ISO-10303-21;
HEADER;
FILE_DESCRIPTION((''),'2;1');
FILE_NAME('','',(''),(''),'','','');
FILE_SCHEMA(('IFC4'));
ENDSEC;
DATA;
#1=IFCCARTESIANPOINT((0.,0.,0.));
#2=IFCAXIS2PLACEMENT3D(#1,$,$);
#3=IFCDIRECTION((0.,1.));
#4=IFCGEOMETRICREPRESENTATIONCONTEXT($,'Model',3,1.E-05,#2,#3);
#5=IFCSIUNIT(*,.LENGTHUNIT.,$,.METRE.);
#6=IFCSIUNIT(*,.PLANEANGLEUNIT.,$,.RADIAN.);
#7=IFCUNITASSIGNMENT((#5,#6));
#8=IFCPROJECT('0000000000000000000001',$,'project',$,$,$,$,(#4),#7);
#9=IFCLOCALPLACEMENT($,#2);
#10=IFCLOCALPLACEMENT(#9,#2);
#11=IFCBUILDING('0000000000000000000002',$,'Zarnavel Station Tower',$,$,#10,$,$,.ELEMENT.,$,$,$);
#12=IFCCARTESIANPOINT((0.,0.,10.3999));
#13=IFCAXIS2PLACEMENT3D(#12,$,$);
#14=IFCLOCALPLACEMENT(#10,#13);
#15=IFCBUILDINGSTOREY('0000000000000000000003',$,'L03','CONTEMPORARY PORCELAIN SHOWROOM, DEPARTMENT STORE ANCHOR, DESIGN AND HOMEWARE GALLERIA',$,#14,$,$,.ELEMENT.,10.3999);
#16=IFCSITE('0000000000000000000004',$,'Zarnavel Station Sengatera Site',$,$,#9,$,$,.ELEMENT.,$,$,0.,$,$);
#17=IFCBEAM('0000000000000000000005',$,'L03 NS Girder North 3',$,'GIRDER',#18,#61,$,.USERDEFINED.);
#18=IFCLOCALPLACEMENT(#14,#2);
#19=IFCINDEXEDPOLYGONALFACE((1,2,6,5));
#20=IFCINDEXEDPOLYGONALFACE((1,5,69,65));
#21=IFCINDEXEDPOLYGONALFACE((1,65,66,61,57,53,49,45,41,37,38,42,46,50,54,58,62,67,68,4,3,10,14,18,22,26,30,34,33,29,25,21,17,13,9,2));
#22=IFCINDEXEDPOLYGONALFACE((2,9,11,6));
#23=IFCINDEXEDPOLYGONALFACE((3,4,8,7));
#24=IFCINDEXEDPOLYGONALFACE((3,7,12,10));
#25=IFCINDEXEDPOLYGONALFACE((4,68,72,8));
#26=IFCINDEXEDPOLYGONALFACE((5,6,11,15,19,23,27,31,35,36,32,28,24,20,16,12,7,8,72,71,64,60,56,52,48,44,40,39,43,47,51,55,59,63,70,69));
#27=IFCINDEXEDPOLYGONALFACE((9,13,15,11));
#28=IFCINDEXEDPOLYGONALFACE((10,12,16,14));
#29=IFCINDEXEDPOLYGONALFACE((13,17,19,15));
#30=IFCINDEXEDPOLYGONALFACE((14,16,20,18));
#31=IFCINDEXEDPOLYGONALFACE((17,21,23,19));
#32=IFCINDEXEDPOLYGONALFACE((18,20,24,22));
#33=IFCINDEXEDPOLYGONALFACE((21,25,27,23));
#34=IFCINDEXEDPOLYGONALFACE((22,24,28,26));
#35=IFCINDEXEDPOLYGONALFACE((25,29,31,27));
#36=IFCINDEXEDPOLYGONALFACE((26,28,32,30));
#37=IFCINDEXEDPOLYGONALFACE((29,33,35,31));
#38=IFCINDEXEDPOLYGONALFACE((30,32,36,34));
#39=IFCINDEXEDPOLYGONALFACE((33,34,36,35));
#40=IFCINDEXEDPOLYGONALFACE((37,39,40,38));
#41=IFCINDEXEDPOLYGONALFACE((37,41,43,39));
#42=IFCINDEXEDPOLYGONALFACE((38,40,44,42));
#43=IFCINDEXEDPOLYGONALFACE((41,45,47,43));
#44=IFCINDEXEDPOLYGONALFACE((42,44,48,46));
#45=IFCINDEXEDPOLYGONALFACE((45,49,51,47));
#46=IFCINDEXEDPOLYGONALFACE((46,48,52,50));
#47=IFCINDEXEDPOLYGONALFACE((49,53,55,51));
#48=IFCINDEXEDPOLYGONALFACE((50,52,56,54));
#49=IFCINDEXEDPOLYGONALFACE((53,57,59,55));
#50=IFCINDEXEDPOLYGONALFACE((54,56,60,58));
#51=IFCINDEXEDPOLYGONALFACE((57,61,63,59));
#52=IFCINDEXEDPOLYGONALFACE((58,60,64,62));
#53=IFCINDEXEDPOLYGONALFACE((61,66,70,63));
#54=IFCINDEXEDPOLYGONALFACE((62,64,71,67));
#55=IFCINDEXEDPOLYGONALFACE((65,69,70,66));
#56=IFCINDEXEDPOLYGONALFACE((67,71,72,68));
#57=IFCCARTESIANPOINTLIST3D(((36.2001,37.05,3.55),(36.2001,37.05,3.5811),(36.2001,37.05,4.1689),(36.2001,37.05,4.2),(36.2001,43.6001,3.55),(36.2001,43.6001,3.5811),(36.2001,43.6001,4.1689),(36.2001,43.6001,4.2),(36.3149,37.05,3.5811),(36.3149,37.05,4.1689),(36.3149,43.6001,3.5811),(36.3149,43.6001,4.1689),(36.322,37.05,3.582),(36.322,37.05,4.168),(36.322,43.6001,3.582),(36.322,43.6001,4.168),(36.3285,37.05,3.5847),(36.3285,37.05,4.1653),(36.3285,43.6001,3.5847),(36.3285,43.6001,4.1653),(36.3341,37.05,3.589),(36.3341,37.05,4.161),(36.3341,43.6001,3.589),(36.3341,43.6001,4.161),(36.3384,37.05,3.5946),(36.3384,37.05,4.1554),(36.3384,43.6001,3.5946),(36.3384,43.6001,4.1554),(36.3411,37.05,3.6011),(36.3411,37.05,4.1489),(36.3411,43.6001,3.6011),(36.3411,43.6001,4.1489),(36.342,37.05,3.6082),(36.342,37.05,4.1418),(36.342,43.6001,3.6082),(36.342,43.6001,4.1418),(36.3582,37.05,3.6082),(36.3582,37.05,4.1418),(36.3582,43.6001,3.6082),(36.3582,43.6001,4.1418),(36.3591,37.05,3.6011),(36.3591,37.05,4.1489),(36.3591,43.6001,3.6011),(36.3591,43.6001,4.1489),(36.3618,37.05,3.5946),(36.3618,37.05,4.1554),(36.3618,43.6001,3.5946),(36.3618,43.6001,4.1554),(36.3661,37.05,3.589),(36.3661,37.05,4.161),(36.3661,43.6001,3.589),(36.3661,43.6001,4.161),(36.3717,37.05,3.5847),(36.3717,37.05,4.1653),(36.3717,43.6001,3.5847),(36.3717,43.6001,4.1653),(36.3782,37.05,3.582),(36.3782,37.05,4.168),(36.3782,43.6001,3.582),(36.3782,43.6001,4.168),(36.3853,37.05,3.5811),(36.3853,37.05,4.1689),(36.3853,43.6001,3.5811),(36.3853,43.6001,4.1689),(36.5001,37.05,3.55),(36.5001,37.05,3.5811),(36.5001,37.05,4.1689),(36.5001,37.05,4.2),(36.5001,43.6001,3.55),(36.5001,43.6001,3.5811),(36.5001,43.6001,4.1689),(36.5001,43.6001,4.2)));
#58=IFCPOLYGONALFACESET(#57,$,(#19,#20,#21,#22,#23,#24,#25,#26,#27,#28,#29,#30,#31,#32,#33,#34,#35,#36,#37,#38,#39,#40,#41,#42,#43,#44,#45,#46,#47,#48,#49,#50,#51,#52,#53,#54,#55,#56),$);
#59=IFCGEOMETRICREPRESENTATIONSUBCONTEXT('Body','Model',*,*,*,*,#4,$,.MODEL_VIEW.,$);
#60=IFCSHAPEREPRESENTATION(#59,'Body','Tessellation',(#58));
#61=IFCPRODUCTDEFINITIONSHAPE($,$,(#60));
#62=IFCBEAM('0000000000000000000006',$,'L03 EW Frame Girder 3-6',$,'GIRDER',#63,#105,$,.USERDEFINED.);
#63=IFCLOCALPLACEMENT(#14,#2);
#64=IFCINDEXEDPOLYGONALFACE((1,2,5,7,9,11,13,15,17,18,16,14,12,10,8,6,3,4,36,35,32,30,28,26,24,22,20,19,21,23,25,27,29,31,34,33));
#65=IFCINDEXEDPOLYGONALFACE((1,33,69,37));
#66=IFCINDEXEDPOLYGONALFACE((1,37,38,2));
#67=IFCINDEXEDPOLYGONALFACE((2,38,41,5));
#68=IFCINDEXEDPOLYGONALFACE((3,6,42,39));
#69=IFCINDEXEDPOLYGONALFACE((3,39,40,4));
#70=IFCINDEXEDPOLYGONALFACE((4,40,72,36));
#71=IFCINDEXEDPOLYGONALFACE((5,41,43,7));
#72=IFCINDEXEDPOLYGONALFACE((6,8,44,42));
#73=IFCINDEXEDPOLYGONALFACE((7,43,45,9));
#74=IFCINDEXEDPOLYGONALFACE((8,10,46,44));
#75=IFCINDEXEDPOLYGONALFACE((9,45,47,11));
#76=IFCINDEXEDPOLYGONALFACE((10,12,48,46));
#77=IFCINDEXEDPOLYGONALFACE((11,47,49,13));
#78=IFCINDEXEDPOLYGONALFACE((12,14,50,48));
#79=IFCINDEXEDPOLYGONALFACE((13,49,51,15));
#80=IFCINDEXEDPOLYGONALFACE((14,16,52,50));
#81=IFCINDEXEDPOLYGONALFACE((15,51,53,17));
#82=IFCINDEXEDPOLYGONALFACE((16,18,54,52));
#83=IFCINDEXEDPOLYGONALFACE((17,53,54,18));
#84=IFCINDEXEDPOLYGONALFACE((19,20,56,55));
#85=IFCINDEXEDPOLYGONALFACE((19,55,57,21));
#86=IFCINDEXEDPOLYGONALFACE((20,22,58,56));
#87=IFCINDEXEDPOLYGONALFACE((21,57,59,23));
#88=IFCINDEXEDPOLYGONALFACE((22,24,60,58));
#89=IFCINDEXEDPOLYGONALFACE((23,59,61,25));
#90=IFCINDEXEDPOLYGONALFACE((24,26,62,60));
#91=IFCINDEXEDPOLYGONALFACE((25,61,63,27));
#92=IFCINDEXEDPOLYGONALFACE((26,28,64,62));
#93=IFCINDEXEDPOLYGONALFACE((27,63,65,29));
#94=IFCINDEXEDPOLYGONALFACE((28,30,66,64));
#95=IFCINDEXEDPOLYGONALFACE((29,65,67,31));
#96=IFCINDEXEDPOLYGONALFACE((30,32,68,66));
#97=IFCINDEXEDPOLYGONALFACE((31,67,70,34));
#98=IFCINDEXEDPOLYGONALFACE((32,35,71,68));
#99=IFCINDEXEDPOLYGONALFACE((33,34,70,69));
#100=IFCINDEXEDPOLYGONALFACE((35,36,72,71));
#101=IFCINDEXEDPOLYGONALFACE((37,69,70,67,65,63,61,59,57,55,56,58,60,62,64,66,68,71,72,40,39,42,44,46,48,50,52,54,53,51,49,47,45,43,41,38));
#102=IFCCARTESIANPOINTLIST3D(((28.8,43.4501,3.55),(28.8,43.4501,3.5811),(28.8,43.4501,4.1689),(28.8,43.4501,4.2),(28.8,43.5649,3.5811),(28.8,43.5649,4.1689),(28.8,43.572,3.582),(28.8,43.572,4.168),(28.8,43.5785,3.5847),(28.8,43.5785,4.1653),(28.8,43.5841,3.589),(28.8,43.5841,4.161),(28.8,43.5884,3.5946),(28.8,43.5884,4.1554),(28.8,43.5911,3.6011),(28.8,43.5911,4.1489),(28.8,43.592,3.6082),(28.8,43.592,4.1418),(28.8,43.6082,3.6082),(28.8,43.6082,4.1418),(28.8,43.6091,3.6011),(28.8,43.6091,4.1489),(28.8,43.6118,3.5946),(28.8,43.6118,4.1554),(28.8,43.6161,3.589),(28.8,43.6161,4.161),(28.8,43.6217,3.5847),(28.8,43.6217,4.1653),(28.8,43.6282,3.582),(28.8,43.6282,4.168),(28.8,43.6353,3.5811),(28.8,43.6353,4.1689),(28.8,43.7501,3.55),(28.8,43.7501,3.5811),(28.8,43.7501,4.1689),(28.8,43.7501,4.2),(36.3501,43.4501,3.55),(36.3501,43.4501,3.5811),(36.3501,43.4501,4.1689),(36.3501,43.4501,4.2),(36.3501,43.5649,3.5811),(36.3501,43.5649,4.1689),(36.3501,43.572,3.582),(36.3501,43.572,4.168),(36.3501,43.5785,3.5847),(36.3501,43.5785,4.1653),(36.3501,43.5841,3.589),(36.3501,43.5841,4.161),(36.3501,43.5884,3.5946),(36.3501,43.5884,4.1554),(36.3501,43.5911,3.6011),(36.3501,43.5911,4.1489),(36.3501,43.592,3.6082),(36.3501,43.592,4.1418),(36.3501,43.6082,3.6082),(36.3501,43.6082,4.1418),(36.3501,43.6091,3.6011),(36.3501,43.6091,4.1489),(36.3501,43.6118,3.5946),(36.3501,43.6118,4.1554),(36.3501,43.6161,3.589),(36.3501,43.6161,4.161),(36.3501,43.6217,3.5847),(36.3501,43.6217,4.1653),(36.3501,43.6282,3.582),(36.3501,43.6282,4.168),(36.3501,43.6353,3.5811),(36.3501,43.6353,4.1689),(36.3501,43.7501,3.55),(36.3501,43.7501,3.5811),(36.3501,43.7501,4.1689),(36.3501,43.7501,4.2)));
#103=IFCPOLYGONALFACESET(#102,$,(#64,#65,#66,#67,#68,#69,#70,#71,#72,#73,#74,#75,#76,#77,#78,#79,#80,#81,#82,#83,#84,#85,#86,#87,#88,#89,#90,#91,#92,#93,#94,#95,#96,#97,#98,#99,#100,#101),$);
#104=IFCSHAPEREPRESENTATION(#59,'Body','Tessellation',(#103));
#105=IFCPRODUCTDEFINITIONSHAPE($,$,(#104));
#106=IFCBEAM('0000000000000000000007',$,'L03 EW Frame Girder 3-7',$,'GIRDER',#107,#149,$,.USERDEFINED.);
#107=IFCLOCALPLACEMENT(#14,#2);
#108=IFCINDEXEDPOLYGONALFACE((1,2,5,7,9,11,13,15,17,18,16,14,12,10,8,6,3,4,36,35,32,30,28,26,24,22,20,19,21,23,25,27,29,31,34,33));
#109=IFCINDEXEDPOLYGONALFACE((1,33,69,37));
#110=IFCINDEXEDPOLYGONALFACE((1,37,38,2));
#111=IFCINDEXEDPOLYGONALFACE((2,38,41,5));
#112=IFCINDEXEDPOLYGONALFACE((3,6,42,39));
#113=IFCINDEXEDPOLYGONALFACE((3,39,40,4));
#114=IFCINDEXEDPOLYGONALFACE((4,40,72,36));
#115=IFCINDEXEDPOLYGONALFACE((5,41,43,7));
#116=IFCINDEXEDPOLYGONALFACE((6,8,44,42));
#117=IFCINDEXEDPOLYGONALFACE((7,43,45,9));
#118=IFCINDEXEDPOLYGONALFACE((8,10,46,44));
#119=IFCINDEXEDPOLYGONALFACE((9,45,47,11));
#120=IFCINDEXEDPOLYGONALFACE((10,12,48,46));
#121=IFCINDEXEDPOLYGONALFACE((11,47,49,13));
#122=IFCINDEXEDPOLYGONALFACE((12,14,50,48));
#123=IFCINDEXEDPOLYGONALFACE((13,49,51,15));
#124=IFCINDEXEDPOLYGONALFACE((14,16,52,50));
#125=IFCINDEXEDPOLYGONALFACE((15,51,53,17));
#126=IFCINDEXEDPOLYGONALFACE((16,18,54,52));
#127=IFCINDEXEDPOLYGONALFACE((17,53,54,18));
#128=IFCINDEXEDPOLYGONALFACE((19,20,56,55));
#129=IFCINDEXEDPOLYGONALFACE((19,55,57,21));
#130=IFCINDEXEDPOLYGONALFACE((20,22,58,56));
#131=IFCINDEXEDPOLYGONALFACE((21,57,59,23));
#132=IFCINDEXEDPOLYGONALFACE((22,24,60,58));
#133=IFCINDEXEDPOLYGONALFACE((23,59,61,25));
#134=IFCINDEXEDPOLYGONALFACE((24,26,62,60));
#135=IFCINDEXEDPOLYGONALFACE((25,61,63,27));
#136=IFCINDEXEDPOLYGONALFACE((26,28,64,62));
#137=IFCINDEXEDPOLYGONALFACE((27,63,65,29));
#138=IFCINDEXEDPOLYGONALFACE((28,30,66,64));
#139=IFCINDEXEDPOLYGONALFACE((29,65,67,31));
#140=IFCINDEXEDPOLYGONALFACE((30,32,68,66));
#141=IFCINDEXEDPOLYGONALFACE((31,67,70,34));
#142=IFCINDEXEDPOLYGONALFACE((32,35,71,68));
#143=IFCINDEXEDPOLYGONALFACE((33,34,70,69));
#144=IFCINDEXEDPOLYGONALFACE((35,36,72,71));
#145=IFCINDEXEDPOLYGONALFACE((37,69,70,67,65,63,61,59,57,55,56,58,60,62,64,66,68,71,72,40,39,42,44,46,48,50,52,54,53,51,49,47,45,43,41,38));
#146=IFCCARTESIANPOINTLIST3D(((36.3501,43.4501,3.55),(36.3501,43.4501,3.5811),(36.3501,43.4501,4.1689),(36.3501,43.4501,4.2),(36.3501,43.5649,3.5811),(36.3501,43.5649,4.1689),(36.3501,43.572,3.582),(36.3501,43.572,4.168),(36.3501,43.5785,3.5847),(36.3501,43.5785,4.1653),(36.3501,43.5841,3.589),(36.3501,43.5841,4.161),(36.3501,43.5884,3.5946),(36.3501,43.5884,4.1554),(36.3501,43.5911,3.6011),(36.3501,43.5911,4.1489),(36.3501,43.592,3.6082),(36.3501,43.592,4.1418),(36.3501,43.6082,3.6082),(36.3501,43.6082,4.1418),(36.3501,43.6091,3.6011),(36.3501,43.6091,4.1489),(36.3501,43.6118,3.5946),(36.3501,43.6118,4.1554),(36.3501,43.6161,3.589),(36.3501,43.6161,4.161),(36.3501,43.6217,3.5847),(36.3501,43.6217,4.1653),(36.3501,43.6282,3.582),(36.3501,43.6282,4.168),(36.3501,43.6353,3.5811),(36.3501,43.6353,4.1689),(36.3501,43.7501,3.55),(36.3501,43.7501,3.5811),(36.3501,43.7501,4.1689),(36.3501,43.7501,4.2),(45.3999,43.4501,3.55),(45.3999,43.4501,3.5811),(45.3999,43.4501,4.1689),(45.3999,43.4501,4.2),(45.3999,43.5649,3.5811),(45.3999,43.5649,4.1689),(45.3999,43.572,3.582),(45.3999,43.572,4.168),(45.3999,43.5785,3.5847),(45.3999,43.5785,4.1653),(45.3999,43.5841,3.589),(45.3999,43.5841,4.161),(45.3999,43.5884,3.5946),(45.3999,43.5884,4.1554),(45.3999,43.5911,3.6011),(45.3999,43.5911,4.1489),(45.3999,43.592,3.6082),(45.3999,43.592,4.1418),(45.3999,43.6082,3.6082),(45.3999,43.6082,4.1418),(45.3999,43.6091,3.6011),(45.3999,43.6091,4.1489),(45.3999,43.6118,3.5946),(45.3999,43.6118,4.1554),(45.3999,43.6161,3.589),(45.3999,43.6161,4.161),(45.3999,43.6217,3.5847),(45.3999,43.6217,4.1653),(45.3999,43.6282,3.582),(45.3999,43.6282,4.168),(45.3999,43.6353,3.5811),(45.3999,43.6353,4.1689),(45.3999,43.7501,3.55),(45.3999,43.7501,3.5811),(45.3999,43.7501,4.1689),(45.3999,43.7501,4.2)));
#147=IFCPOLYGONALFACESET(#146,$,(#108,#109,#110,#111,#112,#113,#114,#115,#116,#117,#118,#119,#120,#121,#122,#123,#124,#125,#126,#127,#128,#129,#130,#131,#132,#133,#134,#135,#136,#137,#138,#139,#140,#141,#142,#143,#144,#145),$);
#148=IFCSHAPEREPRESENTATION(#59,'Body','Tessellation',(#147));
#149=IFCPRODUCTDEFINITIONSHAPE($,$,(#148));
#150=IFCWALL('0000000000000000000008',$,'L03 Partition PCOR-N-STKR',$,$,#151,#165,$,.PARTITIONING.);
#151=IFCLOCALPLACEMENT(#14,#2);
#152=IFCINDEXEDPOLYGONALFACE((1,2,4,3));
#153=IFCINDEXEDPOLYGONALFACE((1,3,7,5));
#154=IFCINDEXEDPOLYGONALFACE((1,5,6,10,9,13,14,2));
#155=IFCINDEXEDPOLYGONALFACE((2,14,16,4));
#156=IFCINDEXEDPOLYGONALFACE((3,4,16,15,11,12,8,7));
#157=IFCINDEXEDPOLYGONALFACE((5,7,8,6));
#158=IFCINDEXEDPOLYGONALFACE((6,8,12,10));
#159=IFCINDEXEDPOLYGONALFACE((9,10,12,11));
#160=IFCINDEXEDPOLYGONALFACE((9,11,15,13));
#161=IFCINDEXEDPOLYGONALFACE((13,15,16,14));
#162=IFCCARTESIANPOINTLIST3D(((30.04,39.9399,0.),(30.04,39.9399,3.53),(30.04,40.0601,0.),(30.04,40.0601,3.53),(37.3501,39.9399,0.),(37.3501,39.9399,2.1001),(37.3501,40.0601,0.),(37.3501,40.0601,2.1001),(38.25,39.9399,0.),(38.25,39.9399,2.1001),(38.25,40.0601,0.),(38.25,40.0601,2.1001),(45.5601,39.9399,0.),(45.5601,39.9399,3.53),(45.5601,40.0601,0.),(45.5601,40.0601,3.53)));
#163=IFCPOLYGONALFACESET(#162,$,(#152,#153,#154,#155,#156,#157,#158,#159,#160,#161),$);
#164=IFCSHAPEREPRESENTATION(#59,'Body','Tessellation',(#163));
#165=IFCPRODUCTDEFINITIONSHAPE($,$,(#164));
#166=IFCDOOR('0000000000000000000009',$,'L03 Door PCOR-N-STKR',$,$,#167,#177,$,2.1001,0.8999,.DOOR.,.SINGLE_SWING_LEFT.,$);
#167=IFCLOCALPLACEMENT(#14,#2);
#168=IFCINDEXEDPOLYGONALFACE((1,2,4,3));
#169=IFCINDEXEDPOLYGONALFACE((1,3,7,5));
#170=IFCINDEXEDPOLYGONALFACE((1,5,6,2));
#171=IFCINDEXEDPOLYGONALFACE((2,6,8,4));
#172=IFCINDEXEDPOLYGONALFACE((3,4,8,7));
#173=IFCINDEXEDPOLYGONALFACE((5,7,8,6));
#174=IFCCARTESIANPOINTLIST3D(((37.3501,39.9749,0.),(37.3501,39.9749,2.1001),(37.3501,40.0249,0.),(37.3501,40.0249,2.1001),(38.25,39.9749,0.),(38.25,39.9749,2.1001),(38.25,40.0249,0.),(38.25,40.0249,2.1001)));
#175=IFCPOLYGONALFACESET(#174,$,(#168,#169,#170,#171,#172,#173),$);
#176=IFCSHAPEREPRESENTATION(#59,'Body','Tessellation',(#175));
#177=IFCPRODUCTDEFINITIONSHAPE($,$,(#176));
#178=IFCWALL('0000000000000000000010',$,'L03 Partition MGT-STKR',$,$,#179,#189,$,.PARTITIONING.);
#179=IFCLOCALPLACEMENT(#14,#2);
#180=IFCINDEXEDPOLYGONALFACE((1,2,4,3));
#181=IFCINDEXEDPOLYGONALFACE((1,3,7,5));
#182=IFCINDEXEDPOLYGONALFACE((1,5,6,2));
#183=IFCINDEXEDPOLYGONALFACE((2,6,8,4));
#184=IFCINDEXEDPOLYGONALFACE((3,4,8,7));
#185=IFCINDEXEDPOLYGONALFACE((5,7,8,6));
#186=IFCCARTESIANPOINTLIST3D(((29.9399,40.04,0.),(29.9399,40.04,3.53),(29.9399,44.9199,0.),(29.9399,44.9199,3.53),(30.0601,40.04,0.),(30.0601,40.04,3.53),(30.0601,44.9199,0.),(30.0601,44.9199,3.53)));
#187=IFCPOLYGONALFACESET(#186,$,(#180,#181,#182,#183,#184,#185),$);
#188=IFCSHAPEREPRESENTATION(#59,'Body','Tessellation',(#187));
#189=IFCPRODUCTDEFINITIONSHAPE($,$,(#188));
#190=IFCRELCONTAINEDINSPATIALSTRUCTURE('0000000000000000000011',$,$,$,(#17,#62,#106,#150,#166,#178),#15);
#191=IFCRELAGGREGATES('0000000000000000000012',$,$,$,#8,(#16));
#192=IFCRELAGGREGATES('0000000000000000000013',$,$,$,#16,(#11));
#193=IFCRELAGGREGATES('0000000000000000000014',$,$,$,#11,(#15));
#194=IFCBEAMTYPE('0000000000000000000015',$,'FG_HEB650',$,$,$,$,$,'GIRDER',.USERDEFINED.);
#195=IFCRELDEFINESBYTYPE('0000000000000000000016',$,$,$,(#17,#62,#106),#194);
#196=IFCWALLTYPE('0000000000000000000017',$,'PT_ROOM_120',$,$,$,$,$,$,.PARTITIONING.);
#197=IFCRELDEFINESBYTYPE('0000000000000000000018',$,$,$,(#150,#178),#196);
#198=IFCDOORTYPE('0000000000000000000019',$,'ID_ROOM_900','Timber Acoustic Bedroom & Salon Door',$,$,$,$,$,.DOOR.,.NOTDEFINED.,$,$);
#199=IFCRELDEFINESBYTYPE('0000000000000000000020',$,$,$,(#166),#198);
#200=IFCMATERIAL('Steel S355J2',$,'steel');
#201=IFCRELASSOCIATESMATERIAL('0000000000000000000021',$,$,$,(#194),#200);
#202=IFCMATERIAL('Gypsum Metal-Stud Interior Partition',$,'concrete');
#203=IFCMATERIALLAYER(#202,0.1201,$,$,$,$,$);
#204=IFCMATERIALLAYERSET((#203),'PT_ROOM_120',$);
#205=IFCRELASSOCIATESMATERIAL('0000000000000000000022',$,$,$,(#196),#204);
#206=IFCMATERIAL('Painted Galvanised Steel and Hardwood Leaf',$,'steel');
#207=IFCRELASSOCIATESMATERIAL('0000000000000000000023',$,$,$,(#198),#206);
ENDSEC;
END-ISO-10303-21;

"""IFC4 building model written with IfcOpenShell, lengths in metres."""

from ifc_helpers import new_model, si_unit, direction, frame, frame_2d, origin, origin_2d, place, context, subcontext, project, spatial, rectangle, i_section, extrude, material, layer, layer_set, material_profile, profile_set, type_object, element, fill, save


model = new_model("IFC4")

# Units and contexts
model_context = context("Model", 3, precision=1e-05, world=origin(), true_north=direction((0.0, 1.0)))
body_context = subcontext(model_context, "Body", "Model", "MODEL_VIEW")
ifc_project = project(units=[si_unit("LENGTHUNIT", "METRE"), si_unit("PLANEANGLEUNIT", "RADIAN")], contexts=[model_context])

# Site, building, storey
site_placement = place(None, origin())
site = spatial("IfcSite", under=ifc_project, at=site_placement, Name="Zarnavel Station Sengatera Site", CompositionType="ELEMENT", RefElevation=0.0)
building_placement = place(site_placement, origin())
building = spatial("IfcBuilding", under=site, at=building_placement, Name="Zarnavel Station Tower", CompositionType="ELEMENT")
storey_placement = place(building_placement, frame((0.0, 0.0, 10.3999)))
storey = spatial("IfcBuildingStorey", under=building, at=storey_placement, Name="L03", Description="CONTEMPORARY PORCELAIN SHOWROOM, DEPARTMENT STORE ANCHOR, DESIGN AND HOMEWARE GALLERIA", CompositionType="ELEMENT", Elevation=10.3999)

# Beams
ifc_material_1 = material(Name="Steel S355J2", Category="steel")
ifc_material_profile_1 = material_profile(ifc_material_1, i_section(OverallWidth=0.3, OverallDepth=0.6499, WebThickness=0.0161, FlangeThickness=0.031, FilletRadius=0.0271, at=origin_2d()), Name="HEB650")
ifc_profile_set_1 = profile_set([ifc_material_profile_1], Name="Steel S355J2")
beam_type = type_object("IfcBeamType", Name="FG_HEB650", ElementType="GIRDER", PredefinedType="USERDEFINED", material=ifc_profile_set_1)
beam_1_placement = place(storey_placement, frame((36.3501, 37.05, 3.875), z_axis=(0.0, 1.0, 0.0), x_axis=(-1.0, 0.0, 0.0)))
element("IfcBeam", 1, at=beam_1_placement, inside=storey, type_object=beam_type, Name="L03 NS Girder North 3", ObjectType="GIRDER", PredefinedType="USERDEFINED", context=body_context, shape_type="SweptSolid", body=[
    extrude(i_section(OverallWidth=0.3, OverallDepth=0.6499, WebThickness=0.0161, FlangeThickness=0.031, FilletRadius=0.0271, at=origin_2d()), origin(), (0.0, 0.0, 1.0), 6.55),
])
beam_2_placement = place(storey_placement, frame((28.8, 43.6001, 3.875), z_axis=(1.0, 0.0, 0.0), x_axis=(0.0, 1.0, 0.0)))
element("IfcBeam", 2, at=beam_2_placement, inside=storey, type_object=beam_type, Name="L03 EW Frame Girder 3-6", ObjectType="GIRDER", PredefinedType="USERDEFINED", context=body_context, shape_type="SweptSolid", body=[
    extrude(i_section(OverallWidth=0.3, OverallDepth=0.6499, WebThickness=0.0161, FlangeThickness=0.031, FilletRadius=0.0271, at=origin_2d()), origin(), (0.0, 0.0, 1.0), 7.55),
])
beam_3_placement = place(storey_placement, frame((36.3501, 43.6001, 3.875), z_axis=(1.0, 0.0, 0.0), x_axis=(0.0, 1.0, 0.0)))
element("IfcBeam", 3, at=beam_3_placement, inside=storey, type_object=beam_type, Name="L03 EW Frame Girder 3-7", ObjectType="GIRDER", PredefinedType="USERDEFINED", context=body_context, shape_type="SweptSolid", body=[
    extrude(i_section(OverallWidth=0.3, OverallDepth=0.6499, WebThickness=0.0161, FlangeThickness=0.031, FilletRadius=0.0271, at=origin_2d()), origin(), (0.0, 0.0, 1.0), 9.0498),
])

# Wall, opening, door
ifc_material_2 = material(Name="Gypsum Metal-Stud Interior Partition", Category="concrete")
ifc_layer_1 = layer(ifc_material_2, 0.1201)
ifc_layer_set_1 = layer_set([ifc_layer_1], Name="PT_ROOM_120")
wall_type_1 = type_object("IfcWallType", Name="PT_ROOM_120", PredefinedType="PARTITIONING", material=ifc_layer_set_1)
wall_1_placement = place(storey_placement, frame((30.04, 40.0, 0.0), z_axis=(0.0, 0.0, 1.0), x_axis=(1.0, 0.0, 0.0)))
wall_1 = element("IfcWall", 4, at=wall_1_placement, inside=storey, type_object=wall_type_1, Name="L03 Partition PCOR-N-STKR", PredefinedType="PARTITIONING", context=body_context, shape_type="SweptSolid", body=[
    extrude(rectangle(XDim=15.52, YDim=0.1201, at=frame_2d((7.76, 0.0))), origin(), (0.0, 0.0, 1.0), 3.53),
])
opening_1_placement = place(wall_1_placement, frame((7.3101, 0.0, 0.0)))
opening_1 = element("IfcOpeningElement", 5, at=opening_1_placement, cuts=wall_1, PredefinedType="OPENING", context=body_context, shape_type="SweptSolid", body=[
    extrude(rectangle(XDim=0.8999, YDim=2.1001, at=frame_2d((0.45, 1.05))), frame((0.0, 0.0701, 0.0), z_axis=(0.0, -1.0, 0.0), x_axis=(1.0, 0.0, 0.0)), (0.0, 0.0, 1.0), 0.1401),
])
ifc_material_3 = material(Name="Painted Galvanised Steel and Hardwood Leaf", Category="steel")
door_type_1 = type_object("IfcDoorType", Name="ID_ROOM_900", Description="Timber Acoustic Bedroom & Salon Door", OperationType="NOTDEFINED", PredefinedType="DOOR", material=ifc_material_3)
door_1_placement = place(opening_1_placement, origin())
door_1 = element("IfcDoor", 6, at=door_1_placement, inside=storey, type_object=door_type_1, Name="L03 Door PCOR-N-STKR", OperationType="SINGLE_SWING_LEFT", OverallHeight=2.1001, OverallWidth=0.8999, PredefinedType="DOOR", context=body_context, shape_type="SweptSolid", body=[
    extrude(rectangle(XDim=0.8999, YDim=2.1001, at=frame_2d((0.45, 1.05))), frame((0.0, 0.0249, 0.0), z_axis=(0.0, -1.0, 0.0), x_axis=(1.0, 0.0, 0.0)), (0.0, 0.0, 1.0), 0.05),
])
fill(opening_1, door_1)

# Wall
wall_2_placement = place(storey_placement, frame((30.0, 40.04, 0.0), z_axis=(0.0, 0.0, 1.0), x_axis=(0.0, 1.0, 0.0)))
element("IfcWall", 7, at=wall_2_placement, inside=storey, type_object=wall_type_1, Name="L03 Partition MGT-STKR", PredefinedType="PARTITIONING", context=body_context, shape_type="SweptSolid", body=[
    extrude(rectangle(XDim=4.8799, YDim=0.1201, at=frame_2d((2.4399, 0.0))), origin(), (0.0, 0.0, 1.0), 3.53),
])

save(model, "model.ifc")
